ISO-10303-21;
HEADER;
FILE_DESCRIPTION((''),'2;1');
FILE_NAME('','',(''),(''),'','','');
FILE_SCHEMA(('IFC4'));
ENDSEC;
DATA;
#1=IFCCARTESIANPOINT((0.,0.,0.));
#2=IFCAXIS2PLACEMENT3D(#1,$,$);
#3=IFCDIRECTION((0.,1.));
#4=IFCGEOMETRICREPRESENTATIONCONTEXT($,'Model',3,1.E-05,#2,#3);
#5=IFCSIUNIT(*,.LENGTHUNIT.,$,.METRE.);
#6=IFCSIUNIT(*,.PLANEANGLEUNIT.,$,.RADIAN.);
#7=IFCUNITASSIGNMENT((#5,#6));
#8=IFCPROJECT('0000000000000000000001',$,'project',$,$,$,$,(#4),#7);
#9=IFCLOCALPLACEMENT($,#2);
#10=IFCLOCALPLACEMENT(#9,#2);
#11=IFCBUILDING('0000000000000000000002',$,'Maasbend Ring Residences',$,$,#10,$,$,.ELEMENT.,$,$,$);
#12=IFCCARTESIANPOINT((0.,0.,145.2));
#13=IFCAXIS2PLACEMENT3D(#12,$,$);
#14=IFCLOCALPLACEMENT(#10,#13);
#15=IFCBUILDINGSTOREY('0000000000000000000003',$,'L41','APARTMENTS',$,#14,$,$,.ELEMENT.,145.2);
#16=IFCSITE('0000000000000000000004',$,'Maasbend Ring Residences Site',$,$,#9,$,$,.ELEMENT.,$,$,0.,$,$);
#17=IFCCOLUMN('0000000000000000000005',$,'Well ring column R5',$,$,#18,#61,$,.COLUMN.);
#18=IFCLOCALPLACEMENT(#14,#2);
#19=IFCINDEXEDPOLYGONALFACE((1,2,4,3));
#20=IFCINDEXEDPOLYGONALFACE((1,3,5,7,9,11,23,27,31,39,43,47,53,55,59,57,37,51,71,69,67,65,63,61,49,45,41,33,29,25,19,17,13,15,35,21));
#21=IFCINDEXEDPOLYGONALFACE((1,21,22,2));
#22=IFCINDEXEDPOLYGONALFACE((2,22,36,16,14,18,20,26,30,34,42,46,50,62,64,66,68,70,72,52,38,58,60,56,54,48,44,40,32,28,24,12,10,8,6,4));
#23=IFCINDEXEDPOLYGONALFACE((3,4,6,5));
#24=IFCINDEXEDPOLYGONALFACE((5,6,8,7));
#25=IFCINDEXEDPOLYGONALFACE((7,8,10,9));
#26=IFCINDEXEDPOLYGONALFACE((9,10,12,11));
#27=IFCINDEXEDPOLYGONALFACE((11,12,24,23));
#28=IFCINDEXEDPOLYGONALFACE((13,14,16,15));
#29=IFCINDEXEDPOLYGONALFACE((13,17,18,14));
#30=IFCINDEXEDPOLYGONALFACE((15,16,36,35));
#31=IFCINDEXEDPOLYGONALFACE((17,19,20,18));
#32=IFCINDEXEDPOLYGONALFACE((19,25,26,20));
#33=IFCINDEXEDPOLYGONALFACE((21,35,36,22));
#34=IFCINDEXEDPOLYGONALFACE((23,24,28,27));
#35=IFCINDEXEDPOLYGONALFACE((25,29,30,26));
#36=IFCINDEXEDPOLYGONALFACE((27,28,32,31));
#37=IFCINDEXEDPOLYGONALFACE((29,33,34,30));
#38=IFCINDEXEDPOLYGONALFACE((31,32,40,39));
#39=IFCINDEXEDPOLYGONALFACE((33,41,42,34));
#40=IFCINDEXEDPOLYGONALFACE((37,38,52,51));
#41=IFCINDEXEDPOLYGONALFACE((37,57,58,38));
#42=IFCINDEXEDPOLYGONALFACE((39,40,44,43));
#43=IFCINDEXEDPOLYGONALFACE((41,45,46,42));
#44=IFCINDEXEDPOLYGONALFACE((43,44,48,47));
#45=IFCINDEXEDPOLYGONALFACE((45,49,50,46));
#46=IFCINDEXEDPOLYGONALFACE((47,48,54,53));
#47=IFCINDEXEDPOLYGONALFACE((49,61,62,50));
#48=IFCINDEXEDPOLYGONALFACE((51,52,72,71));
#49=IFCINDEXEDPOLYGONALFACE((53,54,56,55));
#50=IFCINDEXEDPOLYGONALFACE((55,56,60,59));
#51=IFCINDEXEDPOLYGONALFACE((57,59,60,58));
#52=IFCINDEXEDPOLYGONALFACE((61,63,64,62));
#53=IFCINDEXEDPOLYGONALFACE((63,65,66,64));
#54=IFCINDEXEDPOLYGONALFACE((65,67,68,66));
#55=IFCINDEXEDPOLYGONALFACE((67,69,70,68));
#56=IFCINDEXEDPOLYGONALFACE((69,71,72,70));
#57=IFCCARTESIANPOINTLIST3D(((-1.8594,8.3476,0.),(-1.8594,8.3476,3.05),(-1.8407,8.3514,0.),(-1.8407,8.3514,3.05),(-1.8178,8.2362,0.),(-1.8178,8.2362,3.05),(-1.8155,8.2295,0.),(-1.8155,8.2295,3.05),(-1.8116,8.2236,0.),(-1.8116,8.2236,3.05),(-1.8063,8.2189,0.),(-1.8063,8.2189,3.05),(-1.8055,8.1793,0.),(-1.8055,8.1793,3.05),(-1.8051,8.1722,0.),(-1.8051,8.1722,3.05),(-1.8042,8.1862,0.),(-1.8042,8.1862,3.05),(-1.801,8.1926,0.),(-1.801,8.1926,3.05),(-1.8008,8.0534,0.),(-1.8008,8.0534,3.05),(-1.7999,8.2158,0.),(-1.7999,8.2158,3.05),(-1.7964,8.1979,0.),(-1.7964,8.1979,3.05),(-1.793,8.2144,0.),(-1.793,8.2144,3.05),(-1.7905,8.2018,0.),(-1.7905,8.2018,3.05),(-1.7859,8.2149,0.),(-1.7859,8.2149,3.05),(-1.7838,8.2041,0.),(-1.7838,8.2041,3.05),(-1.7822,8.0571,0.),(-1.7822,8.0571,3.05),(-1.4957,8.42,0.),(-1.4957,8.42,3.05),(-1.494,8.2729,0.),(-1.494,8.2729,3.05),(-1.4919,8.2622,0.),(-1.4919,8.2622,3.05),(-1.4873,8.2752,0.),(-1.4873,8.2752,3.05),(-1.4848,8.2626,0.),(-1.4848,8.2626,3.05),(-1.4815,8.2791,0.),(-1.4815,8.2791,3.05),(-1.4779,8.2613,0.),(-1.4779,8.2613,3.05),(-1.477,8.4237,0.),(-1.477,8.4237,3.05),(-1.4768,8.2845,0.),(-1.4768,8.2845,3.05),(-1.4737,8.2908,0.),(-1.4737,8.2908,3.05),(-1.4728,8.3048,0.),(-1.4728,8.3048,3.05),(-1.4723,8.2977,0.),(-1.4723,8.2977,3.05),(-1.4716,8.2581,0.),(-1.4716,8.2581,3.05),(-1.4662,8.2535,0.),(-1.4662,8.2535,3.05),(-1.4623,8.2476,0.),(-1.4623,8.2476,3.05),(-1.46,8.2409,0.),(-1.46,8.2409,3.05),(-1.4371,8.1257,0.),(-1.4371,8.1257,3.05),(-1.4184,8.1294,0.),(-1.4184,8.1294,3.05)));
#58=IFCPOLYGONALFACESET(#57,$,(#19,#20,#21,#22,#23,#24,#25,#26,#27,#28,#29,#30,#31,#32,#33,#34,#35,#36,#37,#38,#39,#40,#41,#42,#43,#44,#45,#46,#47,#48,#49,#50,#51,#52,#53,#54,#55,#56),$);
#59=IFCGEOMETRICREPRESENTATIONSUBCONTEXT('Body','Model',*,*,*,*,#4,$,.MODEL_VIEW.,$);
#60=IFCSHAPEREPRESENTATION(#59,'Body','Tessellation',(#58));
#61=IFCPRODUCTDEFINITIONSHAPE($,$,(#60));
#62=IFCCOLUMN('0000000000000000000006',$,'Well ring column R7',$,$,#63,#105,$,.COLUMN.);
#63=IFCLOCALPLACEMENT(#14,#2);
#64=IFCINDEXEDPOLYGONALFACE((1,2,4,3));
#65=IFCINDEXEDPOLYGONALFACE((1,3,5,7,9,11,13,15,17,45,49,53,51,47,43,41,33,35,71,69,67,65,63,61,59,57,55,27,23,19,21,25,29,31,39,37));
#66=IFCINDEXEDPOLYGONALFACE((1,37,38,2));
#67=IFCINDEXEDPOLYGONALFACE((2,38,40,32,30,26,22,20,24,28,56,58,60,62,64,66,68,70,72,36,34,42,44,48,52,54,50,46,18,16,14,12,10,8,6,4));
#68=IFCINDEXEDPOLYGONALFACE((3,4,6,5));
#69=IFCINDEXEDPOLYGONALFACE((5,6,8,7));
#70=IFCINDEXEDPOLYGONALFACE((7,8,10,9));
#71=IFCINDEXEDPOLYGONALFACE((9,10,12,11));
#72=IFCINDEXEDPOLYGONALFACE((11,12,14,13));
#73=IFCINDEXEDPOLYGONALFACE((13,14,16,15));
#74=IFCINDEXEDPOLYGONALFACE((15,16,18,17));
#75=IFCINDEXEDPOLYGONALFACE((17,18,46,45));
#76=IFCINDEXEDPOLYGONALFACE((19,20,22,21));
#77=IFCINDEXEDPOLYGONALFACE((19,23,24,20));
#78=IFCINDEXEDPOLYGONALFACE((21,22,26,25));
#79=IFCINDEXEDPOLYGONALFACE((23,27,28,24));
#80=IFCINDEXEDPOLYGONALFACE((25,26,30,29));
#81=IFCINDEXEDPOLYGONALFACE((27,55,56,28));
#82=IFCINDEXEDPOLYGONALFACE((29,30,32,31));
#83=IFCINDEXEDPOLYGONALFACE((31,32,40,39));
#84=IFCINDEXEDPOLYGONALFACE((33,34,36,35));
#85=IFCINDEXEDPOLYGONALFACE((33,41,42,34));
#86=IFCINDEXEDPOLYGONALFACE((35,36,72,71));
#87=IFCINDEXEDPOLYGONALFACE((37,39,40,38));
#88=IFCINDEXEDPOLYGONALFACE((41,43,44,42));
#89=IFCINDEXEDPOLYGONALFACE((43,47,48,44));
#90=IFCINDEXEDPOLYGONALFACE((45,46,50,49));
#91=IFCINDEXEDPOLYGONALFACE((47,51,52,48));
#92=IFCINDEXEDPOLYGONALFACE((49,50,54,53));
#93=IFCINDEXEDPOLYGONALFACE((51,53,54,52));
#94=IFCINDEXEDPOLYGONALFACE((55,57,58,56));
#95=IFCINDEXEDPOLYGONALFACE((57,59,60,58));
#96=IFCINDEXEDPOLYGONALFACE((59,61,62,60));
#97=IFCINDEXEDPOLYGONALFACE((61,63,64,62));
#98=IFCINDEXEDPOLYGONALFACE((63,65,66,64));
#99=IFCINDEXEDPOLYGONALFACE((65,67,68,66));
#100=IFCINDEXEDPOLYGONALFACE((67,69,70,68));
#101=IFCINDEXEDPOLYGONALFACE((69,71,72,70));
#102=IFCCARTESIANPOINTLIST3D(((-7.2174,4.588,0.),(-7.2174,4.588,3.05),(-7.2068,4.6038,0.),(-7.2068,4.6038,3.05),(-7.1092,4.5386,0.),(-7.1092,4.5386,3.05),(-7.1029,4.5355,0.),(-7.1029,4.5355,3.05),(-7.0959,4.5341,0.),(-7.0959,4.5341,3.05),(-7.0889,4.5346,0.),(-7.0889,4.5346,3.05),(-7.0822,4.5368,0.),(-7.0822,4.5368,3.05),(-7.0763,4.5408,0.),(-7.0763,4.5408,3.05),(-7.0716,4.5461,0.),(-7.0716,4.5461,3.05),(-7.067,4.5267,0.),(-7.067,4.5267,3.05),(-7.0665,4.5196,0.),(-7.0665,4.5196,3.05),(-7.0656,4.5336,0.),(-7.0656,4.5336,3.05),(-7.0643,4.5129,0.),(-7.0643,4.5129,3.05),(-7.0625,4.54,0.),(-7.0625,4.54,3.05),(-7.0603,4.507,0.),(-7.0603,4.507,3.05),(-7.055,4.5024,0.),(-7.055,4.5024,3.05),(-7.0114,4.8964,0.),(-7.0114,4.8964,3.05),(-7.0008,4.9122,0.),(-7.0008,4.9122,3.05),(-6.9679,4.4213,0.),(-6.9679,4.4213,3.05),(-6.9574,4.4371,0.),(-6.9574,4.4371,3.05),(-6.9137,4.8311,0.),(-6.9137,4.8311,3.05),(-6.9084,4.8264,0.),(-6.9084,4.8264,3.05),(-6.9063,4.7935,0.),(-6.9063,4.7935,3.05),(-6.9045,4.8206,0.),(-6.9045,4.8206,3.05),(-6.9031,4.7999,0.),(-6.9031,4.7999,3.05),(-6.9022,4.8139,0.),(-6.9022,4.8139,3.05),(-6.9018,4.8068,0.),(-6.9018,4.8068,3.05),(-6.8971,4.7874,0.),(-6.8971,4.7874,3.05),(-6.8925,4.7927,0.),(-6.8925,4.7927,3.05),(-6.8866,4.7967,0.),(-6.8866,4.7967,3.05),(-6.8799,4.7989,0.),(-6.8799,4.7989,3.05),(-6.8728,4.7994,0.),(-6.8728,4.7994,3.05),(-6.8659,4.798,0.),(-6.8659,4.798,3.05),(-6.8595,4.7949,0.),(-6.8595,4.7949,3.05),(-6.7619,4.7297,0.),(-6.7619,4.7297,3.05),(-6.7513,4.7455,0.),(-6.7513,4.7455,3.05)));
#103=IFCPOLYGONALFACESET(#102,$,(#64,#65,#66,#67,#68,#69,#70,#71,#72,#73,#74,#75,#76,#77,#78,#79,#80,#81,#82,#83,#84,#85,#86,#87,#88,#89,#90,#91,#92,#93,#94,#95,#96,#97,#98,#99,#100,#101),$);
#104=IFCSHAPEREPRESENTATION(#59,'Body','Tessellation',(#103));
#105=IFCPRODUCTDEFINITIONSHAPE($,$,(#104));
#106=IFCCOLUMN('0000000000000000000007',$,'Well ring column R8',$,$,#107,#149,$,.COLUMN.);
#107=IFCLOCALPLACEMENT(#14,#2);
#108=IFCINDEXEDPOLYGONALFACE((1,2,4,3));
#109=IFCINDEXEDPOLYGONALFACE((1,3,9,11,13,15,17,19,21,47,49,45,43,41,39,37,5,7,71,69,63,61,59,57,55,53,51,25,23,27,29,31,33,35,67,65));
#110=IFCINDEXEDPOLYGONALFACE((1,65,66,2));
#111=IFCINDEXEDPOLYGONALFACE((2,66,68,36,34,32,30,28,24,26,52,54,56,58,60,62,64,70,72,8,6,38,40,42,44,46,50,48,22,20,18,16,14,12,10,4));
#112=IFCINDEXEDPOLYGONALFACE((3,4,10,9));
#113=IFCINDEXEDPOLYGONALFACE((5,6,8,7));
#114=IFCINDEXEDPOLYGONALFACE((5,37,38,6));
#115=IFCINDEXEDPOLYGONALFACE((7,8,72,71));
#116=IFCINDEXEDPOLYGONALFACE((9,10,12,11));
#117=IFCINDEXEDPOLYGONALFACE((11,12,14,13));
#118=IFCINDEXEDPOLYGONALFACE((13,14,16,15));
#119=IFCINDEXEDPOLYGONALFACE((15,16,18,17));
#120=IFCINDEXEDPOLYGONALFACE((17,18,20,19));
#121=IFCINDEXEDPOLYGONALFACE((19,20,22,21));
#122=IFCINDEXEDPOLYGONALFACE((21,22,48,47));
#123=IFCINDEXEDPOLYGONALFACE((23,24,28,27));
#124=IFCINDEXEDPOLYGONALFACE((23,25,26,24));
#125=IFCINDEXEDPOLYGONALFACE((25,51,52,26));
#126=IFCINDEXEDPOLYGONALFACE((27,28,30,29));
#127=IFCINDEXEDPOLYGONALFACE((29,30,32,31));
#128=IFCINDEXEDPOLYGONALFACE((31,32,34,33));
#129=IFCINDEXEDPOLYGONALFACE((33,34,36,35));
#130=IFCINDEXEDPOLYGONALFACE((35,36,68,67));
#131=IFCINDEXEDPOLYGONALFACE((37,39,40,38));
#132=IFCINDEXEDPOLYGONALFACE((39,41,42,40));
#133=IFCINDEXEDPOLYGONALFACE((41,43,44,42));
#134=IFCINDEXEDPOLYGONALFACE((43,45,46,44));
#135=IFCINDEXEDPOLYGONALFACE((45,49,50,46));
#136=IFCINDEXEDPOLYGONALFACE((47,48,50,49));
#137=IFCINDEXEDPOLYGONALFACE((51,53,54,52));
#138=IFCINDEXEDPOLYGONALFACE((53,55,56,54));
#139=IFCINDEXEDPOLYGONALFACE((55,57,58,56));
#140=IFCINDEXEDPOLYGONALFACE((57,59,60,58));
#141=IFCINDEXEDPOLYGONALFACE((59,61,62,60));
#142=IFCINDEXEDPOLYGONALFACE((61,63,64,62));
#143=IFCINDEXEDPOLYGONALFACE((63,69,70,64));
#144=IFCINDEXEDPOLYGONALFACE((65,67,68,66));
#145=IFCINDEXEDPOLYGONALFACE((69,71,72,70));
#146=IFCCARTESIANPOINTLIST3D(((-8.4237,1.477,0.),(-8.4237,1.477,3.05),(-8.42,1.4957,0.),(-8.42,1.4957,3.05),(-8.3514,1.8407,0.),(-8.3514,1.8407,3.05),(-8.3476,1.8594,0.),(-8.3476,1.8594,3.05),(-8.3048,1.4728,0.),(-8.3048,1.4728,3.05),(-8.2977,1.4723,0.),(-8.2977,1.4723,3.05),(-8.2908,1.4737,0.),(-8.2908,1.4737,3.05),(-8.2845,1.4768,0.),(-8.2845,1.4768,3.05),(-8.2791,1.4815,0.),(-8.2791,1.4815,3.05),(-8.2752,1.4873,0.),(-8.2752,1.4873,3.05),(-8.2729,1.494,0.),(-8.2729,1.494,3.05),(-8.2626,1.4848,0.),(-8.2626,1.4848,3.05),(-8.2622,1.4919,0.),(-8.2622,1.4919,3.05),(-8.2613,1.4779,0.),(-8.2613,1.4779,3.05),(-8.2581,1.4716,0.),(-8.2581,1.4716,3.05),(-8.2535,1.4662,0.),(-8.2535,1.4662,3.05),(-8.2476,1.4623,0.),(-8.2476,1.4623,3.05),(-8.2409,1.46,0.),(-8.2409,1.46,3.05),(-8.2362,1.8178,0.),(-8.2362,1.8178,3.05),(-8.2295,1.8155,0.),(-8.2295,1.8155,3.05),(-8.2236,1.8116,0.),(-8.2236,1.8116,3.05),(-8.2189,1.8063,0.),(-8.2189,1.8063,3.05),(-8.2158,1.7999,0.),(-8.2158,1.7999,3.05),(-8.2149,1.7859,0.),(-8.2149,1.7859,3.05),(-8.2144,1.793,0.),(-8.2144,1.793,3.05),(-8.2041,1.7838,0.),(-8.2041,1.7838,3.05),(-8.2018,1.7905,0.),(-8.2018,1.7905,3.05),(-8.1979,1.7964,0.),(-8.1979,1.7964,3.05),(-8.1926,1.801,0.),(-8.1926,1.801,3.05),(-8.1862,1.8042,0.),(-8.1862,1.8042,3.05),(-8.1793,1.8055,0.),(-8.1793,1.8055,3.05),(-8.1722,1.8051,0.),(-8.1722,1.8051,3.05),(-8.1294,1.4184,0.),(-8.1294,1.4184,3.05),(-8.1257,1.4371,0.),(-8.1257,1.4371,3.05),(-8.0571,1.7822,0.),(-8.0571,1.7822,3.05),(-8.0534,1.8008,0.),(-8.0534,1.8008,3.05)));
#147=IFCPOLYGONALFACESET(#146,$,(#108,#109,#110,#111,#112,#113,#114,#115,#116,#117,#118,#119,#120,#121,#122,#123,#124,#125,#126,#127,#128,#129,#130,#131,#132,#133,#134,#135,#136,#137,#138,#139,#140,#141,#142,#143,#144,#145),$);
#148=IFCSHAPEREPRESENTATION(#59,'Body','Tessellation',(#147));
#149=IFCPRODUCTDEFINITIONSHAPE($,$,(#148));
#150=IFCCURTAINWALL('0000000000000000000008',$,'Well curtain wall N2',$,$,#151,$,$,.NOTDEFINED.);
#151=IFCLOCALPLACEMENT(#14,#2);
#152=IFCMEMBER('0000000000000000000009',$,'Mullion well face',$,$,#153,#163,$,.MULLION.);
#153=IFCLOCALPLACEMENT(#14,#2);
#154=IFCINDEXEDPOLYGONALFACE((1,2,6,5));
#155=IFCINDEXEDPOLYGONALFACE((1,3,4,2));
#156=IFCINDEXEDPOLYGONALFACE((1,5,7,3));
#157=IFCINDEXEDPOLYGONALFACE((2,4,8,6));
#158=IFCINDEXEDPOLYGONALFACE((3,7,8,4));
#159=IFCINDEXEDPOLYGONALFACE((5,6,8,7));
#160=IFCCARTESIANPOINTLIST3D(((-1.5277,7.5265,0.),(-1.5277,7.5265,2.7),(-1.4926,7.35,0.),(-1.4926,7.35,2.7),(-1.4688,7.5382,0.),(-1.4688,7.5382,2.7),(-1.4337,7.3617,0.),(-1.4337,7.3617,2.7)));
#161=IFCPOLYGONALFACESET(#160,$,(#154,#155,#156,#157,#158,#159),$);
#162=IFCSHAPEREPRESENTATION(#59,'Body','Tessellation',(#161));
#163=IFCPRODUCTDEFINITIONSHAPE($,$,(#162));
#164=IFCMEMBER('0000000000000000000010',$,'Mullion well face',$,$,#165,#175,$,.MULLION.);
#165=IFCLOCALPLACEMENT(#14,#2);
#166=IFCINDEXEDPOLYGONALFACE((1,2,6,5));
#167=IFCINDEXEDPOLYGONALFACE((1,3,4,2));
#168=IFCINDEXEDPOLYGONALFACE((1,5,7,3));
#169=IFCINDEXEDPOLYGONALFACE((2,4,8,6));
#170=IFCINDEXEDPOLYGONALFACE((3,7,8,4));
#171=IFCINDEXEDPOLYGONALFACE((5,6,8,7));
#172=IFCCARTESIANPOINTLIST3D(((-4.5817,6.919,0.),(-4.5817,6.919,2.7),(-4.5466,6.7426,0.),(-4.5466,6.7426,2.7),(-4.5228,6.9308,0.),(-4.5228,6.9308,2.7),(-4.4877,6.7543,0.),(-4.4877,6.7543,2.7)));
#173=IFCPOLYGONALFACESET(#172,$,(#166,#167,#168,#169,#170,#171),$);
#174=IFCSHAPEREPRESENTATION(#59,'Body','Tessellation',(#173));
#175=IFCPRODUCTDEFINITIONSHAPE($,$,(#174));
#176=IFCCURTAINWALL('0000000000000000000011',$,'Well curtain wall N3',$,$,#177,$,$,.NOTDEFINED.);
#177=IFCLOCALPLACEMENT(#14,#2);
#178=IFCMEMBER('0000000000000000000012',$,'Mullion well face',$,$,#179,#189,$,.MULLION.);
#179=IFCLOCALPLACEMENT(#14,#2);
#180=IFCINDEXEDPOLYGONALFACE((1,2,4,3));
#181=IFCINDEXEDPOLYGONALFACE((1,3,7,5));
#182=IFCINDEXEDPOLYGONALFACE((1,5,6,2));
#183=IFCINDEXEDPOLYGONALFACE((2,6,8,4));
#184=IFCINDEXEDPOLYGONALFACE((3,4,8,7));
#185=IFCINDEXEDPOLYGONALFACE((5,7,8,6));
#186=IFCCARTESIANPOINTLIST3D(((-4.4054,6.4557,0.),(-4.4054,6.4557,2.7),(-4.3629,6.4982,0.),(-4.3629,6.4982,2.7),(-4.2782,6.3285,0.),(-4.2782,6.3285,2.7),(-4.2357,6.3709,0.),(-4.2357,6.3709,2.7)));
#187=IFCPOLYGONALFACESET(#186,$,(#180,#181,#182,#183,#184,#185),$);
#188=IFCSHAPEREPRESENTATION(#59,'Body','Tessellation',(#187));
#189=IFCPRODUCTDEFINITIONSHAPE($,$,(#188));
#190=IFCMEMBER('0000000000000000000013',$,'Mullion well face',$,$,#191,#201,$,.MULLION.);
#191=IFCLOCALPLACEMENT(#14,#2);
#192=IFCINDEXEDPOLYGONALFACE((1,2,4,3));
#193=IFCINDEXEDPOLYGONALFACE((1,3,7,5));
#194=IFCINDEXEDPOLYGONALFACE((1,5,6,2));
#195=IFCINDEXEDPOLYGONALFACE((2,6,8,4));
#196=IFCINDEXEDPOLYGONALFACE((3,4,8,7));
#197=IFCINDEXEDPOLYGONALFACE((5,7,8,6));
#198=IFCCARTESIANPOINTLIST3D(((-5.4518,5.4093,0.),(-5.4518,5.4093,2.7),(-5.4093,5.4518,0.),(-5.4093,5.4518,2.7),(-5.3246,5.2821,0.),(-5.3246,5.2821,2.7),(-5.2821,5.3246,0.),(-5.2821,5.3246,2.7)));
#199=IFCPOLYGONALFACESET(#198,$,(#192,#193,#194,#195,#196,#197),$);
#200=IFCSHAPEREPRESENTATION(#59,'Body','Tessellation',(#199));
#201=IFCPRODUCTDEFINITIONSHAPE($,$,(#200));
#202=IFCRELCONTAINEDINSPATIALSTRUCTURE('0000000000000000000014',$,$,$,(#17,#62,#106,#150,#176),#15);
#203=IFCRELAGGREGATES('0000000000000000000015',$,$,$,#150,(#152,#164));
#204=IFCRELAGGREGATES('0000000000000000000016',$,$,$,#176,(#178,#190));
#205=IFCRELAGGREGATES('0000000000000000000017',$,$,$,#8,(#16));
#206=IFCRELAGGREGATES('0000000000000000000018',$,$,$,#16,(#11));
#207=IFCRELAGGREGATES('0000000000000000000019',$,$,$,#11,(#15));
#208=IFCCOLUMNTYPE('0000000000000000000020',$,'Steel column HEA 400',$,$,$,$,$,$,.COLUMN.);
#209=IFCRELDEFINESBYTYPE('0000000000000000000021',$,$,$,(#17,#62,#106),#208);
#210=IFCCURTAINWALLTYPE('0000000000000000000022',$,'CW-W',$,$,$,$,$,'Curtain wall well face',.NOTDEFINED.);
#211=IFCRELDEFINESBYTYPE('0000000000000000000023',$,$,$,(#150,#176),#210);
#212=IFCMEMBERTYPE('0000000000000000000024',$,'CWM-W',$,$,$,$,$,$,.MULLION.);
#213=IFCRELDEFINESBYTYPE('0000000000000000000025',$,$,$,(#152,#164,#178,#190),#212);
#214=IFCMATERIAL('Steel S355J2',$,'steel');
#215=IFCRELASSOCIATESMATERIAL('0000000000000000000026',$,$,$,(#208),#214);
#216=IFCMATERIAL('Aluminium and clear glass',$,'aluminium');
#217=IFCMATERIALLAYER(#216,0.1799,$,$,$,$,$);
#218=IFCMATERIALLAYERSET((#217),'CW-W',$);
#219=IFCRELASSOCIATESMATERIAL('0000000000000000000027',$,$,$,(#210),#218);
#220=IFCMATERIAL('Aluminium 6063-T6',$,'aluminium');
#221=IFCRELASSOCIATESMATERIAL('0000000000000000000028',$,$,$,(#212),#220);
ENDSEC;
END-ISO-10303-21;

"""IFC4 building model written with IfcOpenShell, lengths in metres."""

from ifc_helpers import new_model, si_unit, direction, frame, origin, origin_2d, place, context, subcontext, project, spatial, rectangle, i_section, extrude, material, layer, layer_set, material_profile, profile_set, type_object, element, aggregate, save


model = new_model("IFC4")

# Units and contexts
model_context = context("Model", 3, precision=1e-05, world=origin(), true_north=direction((0.0, 1.0)))
body_context = subcontext(model_context, "Body", "Model", "MODEL_VIEW")
ifc_project = project(units=[si_unit("LENGTHUNIT", "METRE"), si_unit("PLANEANGLEUNIT", "RADIAN")], contexts=[model_context])

# Site, building, storey
site_placement = place(None, origin())
site = spatial("IfcSite", under=ifc_project, at=site_placement, Name="Maasbend Ring Residences Site", CompositionType="ELEMENT", RefElevation=0.0)
building_placement = place(site_placement, origin())
building = spatial("IfcBuilding", under=site, at=building_placement, Name="Maasbend Ring Residences", CompositionType="ELEMENT")
storey_placement = place(building_placement, frame((0.0, 0.0, 145.2)))
storey = spatial("IfcBuildingStorey", under=building, at=storey_placement, Name="L41", Description="APARTMENTS", CompositionType="ELEMENT", Elevation=145.2)

# Columns
ifc_material_1 = material(Name="Steel S355J2", Category="steel")
ifc_material_profile_1 = material_profile(ifc_material_1, i_section(OverallWidth=0.3, OverallDepth=0.3899, WebThickness=0.011, FlangeThickness=0.019, FilletRadius=0.0271, at=origin_2d()), Name="HEA 400")
ifc_profile_set_1 = profile_set([ifc_material_profile_1], Name="Steel S355J2")
column_type = type_object("IfcColumnType", Name="Steel column HEA 400", PredefinedType="COLUMN", material=ifc_profile_set_1)
for number, where, z_axis, x_axis, name in (
    (1, (-1.6389, 8.2385, 0.0), (0.0, 0.0, 1.0), (-0.19509, 0.980785, 0.0), "Well ring column R5"),
    (2, (-6.9844, 4.6667, 0.0), (0.0, 0.0, 1.0), (-0.83147, 0.55557, 0.0), "Well ring column R7"),
    (3, (-8.2385, 1.6389, 0.0), (0.0, 0.0, 1.0), (-0.980785, 0.19509, 0.0), "Well ring column R8"),
):
    element("IfcColumn", number, at=place(storey_placement, frame(where, z_axis=z_axis, x_axis=x_axis)), inside=storey, type_object=column_type, Name=name, PredefinedType="COLUMN", context=body_context, shape_type="SweptSolid", body=[
        extrude(i_section(OverallWidth=0.3, OverallDepth=0.3899, WebThickness=0.011, FlangeThickness=0.019, FilletRadius=0.0271, at=origin_2d()), origin(), (0.0, 0.0, 1.0), 3.05),
    ])

# Curtain walls, members
ifc_material_2 = material(Name="Aluminium and clear glass", Category="aluminium")
ifc_layer_1 = layer(ifc_material_2, 0.1799)
ifc_layer_set_1 = layer_set([ifc_layer_1], Name="CW-W")
curtain_wall_type = type_object("IfcCurtainWallType", Name="CW-W", ElementType="Curtain wall well face", PredefinedType="NOTDEFINED", material=ifc_layer_set_1)
curtain_wall_1_placement = place(storey_placement, origin())
curtain_wall_1 = element("IfcCurtainWall", 4, at=curtain_wall_1_placement, inside=storey, type_object=curtain_wall_type, Name="Well curtain wall N2", PredefinedType="NOTDEFINED")
ifc_material_3 = material(Name="Aluminium 6063-T6", Category="aluminium")
ifc_material_profile_2 = material_profile(ifc_material_3, rectangle(XDim=0.1799, YDim=0.0601, at=origin_2d()), Name="AL 180x60")
ifc_profile_set_2 = profile_set([ifc_material_profile_2], Name="Aluminium 6063-T6")
member_type_1 = type_object("IfcMemberType", Name="CWM-W", PredefinedType="MULLION", material=ifc_profile_set_2)
member_1_placement = place(storey_placement, frame((-1.4807, 7.4441, 0.0), z_axis=(0.0, 0.0, 1.0), x_axis=(0.19509, -0.980785, 0.0)))
member_1 = element("IfcMember", 5, at=member_1_placement, type_object=member_type_1, Name="Mullion well face", PredefinedType="MULLION", context=body_context, shape_type="SweptSolid", body=[
    extrude(rectangle(XDim=0.1799, YDim=0.0601, at=origin_2d()), origin(), (0.0, 0.0, 1.0), 2.7),
])
member_2_placement = place(storey_placement, frame((-4.5347, 6.8367, 0.0), z_axis=(0.0, 0.0, 1.0), x_axis=(0.19509, -0.980785, 0.0)))
member_2 = element("IfcMember", 6, at=member_2_placement, type_object=member_type_1, Name="Mullion well face", PredefinedType="MULLION", context=body_context, shape_type="SweptSolid", body=[
    extrude(rectangle(XDim=0.1799, YDim=0.0601, at=origin_2d()), origin(), (0.0, 0.0, 1.0), 2.7),
])
curtain_wall_2_placement = place(storey_placement, origin())
curtain_wall_2 = element("IfcCurtainWall", 7, at=curtain_wall_2_placement, inside=storey, type_object=curtain_wall_type, Name="Well curtain wall N3", PredefinedType="NOTDEFINED")
member_3_placement = place(storey_placement, frame((-4.3206, 6.4133, 0.0), z_axis=(0.0, 0.0, 1.0), x_axis=(0.707107, -0.707107, 0.0)))
member_3 = element("IfcMember", 8, at=member_3_placement, type_object=member_type_1, Name="Mullion well face", PredefinedType="MULLION", context=body_context, shape_type="SweptSolid", body=[
    extrude(rectangle(XDim=0.1799, YDim=0.0601, at=origin_2d()), origin(), (0.0, 0.0, 1.0), 2.7),
])
member_4_placement = place(storey_placement, frame((-5.3669, 5.3669, 0.0), z_axis=(0.0, 0.0, 1.0), x_axis=(0.707107, -0.707107, 0.0)))
member_4 = element("IfcMember", 9, at=member_4_placement, type_object=member_type_1, Name="Mullion well face", PredefinedType="MULLION", context=body_context, shape_type="SweptSolid", body=[
    extrude(rectangle(XDim=0.1799, YDim=0.0601, at=origin_2d()), origin(), (0.0, 0.0, 1.0), 2.7),
])

aggregate(curtain_wall_1, [member_1, member_2])
aggregate(curtain_wall_2, [member_3, member_4])

save(model, "model.ifc")
